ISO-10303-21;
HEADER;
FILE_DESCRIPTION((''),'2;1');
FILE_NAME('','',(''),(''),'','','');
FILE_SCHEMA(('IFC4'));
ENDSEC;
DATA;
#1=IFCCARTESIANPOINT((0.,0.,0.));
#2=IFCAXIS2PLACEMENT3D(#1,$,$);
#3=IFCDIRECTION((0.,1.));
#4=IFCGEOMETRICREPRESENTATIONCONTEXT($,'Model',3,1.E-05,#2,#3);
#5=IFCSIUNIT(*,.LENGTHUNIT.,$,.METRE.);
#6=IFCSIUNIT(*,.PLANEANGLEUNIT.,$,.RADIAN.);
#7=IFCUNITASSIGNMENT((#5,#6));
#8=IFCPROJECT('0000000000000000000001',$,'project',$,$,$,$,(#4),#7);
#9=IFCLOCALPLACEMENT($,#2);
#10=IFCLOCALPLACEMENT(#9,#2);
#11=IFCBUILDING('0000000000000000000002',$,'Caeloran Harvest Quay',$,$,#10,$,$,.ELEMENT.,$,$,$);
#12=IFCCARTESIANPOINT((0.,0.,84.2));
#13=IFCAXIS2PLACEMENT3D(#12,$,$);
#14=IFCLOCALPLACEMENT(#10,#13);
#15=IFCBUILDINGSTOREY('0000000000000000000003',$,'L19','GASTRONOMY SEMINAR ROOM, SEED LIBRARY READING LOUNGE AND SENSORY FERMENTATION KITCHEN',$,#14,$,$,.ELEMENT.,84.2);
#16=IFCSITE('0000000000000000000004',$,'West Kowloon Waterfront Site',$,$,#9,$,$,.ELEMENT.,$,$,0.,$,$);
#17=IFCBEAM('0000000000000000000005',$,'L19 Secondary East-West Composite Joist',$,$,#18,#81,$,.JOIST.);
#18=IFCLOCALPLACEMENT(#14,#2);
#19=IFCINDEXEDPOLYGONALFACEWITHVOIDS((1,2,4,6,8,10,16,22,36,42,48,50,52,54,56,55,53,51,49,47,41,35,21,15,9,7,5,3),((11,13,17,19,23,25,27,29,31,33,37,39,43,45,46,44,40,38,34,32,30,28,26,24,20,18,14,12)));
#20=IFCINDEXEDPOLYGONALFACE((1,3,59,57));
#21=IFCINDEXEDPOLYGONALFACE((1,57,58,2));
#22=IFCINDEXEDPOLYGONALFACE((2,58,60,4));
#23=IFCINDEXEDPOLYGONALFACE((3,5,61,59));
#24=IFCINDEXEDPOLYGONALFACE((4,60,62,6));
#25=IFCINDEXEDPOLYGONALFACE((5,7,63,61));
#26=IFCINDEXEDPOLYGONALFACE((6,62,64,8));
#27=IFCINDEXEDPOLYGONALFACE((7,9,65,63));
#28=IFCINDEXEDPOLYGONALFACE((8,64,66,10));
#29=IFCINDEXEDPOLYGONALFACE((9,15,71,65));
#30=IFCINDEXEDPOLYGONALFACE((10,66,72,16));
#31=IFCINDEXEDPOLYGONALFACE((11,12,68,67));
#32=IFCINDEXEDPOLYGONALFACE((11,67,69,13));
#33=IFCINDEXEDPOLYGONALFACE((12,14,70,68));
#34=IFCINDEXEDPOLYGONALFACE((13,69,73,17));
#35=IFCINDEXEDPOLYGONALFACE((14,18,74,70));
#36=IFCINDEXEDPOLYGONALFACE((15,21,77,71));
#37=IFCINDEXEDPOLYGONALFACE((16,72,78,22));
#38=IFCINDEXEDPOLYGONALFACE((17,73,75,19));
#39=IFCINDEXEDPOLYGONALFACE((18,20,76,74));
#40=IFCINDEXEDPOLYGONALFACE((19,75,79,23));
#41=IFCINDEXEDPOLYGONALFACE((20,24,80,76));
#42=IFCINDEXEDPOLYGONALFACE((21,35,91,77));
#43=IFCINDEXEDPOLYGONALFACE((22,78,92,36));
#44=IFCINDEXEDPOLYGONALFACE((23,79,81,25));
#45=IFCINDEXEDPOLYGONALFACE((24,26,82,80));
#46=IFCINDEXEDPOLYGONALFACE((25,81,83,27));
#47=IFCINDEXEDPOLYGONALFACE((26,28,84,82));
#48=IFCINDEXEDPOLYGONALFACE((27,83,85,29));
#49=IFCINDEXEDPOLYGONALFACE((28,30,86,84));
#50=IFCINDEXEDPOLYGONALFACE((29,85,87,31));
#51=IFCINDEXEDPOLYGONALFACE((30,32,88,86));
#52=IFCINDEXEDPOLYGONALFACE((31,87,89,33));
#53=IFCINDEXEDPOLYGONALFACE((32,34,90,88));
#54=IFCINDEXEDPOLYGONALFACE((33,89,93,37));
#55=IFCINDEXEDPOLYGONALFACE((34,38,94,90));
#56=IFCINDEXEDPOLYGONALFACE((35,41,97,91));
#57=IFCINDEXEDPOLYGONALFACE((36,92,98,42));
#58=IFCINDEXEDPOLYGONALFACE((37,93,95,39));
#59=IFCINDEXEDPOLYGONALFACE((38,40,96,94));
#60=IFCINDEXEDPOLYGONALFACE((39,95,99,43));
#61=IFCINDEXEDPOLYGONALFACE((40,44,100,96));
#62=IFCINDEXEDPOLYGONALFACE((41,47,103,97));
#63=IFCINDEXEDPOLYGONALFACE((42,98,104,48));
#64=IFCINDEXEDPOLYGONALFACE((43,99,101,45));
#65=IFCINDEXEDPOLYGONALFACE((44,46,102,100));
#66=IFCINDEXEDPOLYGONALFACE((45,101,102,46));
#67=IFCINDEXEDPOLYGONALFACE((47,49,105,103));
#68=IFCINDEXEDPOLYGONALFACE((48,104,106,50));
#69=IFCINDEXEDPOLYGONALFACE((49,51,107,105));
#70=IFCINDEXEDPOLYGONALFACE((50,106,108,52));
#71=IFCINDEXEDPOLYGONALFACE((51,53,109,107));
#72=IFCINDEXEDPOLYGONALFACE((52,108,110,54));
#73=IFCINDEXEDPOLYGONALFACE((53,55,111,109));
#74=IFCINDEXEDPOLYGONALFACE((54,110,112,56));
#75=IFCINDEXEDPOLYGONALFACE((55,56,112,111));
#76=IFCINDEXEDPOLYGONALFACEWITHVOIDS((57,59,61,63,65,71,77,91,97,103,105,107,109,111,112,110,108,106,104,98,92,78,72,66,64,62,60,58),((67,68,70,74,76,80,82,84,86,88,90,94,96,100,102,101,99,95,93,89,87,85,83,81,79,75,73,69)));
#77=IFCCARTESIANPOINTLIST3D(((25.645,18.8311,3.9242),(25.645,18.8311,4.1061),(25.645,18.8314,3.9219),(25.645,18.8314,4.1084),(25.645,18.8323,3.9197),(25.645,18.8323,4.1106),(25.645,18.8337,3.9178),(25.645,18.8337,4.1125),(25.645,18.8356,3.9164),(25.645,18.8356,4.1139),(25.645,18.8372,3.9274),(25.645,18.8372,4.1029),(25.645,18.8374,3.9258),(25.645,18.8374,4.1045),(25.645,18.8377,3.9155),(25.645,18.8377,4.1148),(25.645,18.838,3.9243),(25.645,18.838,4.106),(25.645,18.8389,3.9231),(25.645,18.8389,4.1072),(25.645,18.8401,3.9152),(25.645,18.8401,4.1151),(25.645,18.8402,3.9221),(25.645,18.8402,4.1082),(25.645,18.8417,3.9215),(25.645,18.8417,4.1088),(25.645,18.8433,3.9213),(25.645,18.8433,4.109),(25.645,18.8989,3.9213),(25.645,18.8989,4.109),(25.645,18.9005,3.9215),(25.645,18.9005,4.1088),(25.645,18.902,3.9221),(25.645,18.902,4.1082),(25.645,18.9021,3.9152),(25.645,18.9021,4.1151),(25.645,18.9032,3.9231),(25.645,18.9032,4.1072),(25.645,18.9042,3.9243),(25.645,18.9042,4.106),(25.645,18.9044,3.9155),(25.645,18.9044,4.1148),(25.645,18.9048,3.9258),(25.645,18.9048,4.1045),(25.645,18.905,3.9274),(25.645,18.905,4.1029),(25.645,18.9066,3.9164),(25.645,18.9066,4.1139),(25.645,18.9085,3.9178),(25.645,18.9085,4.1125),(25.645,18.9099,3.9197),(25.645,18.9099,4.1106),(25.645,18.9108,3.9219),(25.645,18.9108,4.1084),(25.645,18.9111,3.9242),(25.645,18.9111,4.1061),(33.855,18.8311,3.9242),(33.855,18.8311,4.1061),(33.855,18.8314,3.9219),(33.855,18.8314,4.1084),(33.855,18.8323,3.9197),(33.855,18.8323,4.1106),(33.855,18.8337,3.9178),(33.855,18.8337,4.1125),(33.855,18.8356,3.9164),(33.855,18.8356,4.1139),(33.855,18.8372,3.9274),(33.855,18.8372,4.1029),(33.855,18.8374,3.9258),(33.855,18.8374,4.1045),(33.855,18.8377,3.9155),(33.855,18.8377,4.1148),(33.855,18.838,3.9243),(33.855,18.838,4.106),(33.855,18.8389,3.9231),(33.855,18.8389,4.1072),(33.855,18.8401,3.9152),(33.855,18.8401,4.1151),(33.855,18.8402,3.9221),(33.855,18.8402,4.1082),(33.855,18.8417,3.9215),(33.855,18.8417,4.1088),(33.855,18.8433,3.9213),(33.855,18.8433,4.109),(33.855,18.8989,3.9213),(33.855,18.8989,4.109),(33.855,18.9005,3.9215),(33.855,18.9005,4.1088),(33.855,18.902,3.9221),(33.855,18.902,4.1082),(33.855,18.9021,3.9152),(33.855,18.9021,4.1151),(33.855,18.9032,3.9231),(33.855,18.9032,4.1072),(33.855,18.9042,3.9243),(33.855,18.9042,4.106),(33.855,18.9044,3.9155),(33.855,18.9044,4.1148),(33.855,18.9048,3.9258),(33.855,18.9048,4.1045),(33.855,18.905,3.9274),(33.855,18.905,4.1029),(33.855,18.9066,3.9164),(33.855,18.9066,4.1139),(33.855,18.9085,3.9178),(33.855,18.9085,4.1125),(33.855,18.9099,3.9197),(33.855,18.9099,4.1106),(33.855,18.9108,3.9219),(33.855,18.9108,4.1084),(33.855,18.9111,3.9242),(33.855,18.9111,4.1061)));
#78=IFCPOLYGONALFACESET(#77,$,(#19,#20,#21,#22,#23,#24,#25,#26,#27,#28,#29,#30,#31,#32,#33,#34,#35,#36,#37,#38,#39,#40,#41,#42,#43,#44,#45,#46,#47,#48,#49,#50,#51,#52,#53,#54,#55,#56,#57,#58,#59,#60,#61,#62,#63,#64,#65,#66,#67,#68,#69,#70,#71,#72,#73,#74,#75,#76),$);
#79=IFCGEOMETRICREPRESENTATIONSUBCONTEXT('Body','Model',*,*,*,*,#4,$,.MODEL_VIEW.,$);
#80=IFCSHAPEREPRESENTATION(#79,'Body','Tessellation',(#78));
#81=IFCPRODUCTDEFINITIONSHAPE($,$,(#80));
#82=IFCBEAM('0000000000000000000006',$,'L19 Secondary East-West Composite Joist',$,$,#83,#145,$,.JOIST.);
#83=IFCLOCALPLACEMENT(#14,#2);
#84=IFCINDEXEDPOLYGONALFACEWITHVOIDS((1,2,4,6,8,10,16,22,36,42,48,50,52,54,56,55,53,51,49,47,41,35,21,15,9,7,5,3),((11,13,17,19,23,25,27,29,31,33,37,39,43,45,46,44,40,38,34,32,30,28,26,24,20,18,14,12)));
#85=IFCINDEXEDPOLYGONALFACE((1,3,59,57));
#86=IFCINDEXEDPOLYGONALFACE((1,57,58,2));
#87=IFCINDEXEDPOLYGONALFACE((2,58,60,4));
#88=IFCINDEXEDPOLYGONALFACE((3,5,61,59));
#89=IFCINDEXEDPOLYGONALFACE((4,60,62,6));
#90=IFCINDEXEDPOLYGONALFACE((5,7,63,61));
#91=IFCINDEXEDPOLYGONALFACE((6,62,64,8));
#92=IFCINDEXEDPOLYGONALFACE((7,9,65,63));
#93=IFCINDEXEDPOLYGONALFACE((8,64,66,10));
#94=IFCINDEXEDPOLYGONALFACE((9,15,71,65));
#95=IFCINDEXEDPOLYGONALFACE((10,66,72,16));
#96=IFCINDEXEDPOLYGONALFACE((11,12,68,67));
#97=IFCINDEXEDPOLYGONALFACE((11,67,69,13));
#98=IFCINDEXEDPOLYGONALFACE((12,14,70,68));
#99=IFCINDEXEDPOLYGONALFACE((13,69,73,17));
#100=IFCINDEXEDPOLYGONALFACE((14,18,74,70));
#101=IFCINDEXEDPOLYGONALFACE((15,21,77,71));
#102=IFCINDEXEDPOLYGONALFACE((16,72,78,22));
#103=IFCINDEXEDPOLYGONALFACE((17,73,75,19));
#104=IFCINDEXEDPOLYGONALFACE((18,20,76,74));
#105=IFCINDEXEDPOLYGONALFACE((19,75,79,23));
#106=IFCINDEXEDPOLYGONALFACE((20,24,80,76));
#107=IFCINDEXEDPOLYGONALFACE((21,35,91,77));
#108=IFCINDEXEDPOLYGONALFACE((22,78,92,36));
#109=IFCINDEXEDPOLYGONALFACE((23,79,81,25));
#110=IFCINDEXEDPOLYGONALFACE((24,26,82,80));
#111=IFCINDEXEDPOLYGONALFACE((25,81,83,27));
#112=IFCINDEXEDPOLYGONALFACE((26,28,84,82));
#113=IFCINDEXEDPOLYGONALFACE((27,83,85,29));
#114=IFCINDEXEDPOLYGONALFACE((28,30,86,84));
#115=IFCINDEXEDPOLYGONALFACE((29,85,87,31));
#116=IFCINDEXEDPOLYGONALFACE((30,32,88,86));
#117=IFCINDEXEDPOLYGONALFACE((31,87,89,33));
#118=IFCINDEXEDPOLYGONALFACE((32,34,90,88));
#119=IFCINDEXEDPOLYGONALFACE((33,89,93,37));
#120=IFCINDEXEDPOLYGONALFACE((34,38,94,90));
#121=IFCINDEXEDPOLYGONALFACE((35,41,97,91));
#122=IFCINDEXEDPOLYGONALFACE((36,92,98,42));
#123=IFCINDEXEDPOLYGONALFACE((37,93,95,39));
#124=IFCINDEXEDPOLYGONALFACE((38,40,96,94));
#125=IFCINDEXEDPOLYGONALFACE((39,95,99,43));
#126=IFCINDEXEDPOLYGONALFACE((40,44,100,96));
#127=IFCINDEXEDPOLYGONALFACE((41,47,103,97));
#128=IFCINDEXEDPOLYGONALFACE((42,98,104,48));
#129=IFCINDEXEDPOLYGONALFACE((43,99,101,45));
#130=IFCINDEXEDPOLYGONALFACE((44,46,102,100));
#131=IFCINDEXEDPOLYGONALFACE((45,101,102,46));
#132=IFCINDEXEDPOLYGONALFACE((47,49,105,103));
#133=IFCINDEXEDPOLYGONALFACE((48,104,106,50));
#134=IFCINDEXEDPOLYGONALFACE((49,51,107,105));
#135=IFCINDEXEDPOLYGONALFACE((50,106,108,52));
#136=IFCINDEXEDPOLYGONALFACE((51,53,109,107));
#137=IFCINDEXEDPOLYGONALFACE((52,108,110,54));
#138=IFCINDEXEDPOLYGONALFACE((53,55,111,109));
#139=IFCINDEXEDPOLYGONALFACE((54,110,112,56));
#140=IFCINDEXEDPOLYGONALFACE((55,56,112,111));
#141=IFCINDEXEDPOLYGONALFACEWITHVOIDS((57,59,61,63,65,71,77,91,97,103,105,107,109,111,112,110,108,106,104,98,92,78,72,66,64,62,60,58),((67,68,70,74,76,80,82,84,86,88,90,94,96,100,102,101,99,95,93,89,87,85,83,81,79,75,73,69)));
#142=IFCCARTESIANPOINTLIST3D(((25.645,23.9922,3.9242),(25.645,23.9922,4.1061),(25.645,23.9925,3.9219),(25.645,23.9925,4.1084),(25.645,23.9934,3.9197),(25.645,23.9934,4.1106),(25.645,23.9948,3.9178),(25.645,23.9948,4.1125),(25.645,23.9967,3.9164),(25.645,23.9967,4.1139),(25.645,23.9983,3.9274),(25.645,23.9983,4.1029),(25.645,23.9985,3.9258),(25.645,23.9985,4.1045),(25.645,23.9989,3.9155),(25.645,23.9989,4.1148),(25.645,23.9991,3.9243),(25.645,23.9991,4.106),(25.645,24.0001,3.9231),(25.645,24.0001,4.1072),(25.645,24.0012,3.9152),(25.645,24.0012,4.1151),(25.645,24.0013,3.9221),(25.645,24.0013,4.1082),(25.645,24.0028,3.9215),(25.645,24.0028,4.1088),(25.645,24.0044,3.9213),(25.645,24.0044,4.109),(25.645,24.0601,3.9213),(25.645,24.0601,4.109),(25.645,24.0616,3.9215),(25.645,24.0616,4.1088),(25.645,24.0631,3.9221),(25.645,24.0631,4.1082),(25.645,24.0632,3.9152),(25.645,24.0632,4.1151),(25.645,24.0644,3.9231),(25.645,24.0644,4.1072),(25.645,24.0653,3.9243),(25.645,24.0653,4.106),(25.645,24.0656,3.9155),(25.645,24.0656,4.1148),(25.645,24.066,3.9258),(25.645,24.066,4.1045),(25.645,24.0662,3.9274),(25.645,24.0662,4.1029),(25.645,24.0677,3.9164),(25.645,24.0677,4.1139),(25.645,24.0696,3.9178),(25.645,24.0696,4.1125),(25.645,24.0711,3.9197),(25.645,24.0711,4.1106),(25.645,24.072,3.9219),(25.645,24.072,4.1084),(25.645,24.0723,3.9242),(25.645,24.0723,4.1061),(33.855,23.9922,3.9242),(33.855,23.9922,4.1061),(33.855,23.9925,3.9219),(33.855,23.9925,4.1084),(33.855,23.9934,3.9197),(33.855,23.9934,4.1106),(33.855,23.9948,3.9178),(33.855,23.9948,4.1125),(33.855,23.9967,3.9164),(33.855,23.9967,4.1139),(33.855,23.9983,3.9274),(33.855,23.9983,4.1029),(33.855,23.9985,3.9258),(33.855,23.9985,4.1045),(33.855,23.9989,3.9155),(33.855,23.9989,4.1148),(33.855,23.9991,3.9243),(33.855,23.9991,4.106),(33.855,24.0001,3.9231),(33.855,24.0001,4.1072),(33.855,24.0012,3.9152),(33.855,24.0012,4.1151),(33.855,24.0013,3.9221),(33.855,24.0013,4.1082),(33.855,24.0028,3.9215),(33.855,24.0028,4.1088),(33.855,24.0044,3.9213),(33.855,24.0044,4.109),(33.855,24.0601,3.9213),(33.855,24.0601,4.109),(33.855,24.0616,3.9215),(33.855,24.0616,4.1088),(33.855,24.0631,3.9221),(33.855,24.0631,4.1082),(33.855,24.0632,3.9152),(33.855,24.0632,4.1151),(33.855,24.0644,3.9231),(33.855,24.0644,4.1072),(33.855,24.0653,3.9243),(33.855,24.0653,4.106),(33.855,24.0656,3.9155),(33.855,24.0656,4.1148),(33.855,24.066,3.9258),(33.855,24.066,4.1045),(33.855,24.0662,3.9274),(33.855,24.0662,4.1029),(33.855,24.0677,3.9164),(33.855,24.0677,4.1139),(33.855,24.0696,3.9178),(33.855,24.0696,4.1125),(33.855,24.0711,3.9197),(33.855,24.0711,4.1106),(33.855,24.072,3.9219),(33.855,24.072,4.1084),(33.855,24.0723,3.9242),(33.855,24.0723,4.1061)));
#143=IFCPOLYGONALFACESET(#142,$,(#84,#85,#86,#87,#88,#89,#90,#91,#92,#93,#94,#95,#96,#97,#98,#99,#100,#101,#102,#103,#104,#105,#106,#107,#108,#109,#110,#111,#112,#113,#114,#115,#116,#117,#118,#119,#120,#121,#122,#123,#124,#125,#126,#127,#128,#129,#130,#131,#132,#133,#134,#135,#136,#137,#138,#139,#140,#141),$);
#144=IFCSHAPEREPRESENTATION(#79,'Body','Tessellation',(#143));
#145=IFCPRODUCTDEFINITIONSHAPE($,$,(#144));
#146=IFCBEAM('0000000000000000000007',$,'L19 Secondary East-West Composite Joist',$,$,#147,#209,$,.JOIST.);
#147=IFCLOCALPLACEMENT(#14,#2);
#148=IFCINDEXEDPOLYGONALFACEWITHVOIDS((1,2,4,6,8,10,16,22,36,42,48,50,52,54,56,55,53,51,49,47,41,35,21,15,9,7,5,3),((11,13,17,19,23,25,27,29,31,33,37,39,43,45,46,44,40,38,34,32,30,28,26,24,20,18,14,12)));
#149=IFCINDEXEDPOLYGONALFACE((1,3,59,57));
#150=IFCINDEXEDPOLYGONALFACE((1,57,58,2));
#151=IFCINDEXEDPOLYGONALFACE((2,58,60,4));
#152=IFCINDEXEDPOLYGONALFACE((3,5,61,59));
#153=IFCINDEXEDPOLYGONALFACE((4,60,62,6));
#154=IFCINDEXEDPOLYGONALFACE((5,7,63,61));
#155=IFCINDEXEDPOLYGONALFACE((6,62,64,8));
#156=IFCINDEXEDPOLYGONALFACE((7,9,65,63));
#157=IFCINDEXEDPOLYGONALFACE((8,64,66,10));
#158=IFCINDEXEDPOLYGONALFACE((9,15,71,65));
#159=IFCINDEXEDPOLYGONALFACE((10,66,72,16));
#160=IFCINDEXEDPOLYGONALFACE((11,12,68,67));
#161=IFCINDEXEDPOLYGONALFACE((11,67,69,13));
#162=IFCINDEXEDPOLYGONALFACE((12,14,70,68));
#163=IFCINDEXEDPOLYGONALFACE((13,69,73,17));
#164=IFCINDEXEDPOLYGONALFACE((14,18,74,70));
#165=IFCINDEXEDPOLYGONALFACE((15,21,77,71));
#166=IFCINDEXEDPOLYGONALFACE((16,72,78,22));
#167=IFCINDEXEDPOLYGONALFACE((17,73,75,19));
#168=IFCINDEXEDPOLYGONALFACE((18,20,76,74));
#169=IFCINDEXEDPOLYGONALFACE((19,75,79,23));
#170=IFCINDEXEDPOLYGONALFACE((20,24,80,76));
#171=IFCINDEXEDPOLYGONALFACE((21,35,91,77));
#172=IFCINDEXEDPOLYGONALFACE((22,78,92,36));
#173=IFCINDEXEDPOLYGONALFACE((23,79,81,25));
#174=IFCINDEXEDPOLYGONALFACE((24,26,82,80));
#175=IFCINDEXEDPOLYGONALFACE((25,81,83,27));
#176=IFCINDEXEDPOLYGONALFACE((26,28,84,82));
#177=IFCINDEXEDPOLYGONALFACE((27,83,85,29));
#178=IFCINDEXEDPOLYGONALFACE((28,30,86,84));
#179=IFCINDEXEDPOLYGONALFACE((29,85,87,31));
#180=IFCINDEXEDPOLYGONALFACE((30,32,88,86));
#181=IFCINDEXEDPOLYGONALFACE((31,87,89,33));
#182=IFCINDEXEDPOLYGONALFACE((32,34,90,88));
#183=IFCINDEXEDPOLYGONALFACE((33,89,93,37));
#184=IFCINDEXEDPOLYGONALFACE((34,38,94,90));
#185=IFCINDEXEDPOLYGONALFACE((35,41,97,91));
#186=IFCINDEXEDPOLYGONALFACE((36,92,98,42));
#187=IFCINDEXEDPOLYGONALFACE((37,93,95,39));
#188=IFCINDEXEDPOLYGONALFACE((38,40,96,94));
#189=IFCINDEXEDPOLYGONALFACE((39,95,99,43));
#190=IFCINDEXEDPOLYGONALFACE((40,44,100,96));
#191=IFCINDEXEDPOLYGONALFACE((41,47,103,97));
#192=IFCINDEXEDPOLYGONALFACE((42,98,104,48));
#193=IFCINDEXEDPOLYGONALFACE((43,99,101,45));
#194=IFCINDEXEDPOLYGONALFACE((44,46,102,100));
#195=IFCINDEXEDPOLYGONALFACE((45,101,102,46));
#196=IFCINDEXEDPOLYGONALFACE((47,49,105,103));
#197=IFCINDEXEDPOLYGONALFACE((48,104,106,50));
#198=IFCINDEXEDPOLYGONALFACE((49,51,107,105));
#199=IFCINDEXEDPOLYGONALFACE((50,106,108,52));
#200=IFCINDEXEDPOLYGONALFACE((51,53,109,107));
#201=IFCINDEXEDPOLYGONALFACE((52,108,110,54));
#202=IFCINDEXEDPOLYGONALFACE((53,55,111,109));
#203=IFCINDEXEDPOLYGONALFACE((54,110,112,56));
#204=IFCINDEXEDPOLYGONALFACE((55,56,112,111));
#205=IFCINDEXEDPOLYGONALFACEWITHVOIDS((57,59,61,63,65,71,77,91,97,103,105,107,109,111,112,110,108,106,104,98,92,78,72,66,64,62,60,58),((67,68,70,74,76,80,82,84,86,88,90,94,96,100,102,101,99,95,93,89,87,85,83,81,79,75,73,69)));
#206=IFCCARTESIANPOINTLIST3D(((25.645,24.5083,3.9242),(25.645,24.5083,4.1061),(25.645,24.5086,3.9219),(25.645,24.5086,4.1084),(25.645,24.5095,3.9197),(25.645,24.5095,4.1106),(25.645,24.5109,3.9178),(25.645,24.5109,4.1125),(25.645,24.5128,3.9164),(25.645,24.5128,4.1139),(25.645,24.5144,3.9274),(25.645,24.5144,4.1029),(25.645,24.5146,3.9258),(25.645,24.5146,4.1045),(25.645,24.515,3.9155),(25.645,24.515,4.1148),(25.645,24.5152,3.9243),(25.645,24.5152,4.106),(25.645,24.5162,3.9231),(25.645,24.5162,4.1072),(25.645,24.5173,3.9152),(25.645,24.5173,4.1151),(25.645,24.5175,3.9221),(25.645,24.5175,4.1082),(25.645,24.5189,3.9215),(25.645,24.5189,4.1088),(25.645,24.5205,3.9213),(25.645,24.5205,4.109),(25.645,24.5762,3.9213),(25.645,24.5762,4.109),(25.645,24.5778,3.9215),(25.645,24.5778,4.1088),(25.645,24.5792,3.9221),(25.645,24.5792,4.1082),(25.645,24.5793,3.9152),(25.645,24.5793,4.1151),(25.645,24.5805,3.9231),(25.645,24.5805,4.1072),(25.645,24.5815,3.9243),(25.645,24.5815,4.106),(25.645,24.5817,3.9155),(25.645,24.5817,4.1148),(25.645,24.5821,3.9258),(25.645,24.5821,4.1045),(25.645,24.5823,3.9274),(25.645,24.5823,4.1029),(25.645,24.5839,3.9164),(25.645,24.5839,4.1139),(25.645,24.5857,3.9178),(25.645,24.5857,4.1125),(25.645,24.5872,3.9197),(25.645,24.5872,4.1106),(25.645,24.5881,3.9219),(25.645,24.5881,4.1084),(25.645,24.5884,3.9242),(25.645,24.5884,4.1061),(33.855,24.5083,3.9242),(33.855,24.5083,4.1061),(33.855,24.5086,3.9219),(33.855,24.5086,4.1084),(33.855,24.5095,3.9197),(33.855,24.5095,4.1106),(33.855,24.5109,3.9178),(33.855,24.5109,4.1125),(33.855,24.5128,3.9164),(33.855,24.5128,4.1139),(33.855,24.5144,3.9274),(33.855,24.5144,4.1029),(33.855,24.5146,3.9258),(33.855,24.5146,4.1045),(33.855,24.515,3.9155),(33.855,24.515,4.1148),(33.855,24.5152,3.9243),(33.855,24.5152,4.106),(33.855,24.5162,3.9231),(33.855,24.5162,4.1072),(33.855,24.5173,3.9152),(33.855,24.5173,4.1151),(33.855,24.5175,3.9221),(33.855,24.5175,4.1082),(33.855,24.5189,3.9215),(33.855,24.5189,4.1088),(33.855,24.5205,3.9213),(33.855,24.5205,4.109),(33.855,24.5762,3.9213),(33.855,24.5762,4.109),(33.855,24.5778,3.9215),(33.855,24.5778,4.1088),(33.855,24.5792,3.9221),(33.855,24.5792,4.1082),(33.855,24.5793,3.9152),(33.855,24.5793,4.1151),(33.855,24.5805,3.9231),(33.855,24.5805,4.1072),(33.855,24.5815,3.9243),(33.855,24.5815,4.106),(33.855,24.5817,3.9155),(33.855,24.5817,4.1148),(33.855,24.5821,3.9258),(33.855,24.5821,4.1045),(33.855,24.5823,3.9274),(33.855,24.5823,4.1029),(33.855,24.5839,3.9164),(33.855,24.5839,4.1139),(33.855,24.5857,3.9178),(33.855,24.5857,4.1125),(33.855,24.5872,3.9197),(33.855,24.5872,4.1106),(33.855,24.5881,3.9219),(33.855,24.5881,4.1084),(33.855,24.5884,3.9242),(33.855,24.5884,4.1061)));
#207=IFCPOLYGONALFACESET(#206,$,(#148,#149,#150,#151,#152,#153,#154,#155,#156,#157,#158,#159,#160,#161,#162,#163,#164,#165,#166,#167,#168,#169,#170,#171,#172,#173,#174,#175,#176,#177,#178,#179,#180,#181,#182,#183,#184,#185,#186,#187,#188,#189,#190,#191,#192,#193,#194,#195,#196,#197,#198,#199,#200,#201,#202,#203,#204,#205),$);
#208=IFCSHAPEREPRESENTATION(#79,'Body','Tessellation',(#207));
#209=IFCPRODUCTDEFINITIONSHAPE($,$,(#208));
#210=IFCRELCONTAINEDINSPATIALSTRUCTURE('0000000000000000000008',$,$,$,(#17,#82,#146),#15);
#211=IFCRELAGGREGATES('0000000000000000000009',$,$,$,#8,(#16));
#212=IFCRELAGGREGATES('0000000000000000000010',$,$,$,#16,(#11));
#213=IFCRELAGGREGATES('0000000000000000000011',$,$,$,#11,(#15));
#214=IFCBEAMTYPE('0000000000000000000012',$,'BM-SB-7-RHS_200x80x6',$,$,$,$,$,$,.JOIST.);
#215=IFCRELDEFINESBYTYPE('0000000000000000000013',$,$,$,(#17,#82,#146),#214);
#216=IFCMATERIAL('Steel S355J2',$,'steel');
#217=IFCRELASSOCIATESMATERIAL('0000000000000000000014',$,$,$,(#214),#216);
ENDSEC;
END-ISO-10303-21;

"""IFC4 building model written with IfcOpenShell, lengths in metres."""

from ifc_helpers import new_model, si_unit, direction, frame, origin, origin_2d, place, context, subcontext, project, spatial, hollow_rectangle, extrude, material, material_profile, profile_set, type_object, element, save


model = new_model("IFC4")

# Units and contexts
model_context = context("Model", 3, precision=1e-05, world=origin(), true_north=direction((0.0, 1.0)))
body_context = subcontext(model_context, "Body", "Model", "MODEL_VIEW")
ifc_project = project(units=[si_unit("LENGTHUNIT", "METRE"), si_unit("PLANEANGLEUNIT", "RADIAN")], contexts=[model_context])

# Site, building, storey
site_placement = place(None, origin())
site = spatial("IfcSite", under=ifc_project, at=site_placement, Name="West Kowloon Waterfront Site", CompositionType="ELEMENT", RefElevation=0.0)
building_placement = place(site_placement, origin())
building = spatial("IfcBuilding", under=site, at=building_placement, Name="Caeloran Harvest Quay", CompositionType="ELEMENT")
storey_placement = place(building_placement, frame((0.0, 0.0, 84.2)))
storey = spatial("IfcBuildingStorey", under=building, at=storey_placement, Name="L19", Description="GASTRONOMY SEMINAR ROOM, SEED LIBRARY READING LOUNGE AND SENSORY FERMENTATION KITCHEN", CompositionType="ELEMENT", Elevation=84.2)

# Beams
ifc_material_1 = material(Name="Steel S355J2", Category="steel")
ifc_material_profile_1 = material_profile(ifc_material_1, hollow_rectangle(XDim=0.0801, YDim=0.2, WallThickness=0.0061, InnerFilletRadius=0.0061, OuterFilletRadius=0.009, at=origin_2d()), Name="RHS 200x80x6")
ifc_profile_set_1 = profile_set([ifc_material_profile_1], Name="Steel S355J2")
beam_type_1 = type_object("IfcBeamType", Name="BM-SB-7-RHS_200x80x6", PredefinedType="JOIST", material=ifc_profile_set_1)
for number, where, z_axis, x_axis, name in (
    (1, (25.645, 18.8711, 4.0151), (1.0, 0.0, 0.0), (0.0, 1.0, 0.0), "L19 Secondary East-West Composite Joist"),
    (2, (25.645, 24.0322, 4.0151), (1.0, 0.0, 0.0), (0.0, 1.0, 0.0), "L19 Secondary East-West Composite Joist"),
    (3, (25.645, 24.5483, 4.0151), (1.0, 0.0, 0.0), (0.0, 1.0, 0.0), "L19 Secondary East-West Composite Joist"),
):
    element("IfcBeam", number, at=place(storey_placement, frame(where, z_axis=z_axis, x_axis=x_axis)), inside=storey, type_object=beam_type_1, Name=name, PredefinedType="JOIST", context=body_context, shape_type="SweptSolid", body=[
        extrude(hollow_rectangle(XDim=0.0801, YDim=0.2, WallThickness=0.0061, InnerFilletRadius=0.0061, OuterFilletRadius=0.009, at=origin_2d()), origin(), (0.0, 0.0, 1.0), 8.21),
    ])

save(model, "model.ifc")
